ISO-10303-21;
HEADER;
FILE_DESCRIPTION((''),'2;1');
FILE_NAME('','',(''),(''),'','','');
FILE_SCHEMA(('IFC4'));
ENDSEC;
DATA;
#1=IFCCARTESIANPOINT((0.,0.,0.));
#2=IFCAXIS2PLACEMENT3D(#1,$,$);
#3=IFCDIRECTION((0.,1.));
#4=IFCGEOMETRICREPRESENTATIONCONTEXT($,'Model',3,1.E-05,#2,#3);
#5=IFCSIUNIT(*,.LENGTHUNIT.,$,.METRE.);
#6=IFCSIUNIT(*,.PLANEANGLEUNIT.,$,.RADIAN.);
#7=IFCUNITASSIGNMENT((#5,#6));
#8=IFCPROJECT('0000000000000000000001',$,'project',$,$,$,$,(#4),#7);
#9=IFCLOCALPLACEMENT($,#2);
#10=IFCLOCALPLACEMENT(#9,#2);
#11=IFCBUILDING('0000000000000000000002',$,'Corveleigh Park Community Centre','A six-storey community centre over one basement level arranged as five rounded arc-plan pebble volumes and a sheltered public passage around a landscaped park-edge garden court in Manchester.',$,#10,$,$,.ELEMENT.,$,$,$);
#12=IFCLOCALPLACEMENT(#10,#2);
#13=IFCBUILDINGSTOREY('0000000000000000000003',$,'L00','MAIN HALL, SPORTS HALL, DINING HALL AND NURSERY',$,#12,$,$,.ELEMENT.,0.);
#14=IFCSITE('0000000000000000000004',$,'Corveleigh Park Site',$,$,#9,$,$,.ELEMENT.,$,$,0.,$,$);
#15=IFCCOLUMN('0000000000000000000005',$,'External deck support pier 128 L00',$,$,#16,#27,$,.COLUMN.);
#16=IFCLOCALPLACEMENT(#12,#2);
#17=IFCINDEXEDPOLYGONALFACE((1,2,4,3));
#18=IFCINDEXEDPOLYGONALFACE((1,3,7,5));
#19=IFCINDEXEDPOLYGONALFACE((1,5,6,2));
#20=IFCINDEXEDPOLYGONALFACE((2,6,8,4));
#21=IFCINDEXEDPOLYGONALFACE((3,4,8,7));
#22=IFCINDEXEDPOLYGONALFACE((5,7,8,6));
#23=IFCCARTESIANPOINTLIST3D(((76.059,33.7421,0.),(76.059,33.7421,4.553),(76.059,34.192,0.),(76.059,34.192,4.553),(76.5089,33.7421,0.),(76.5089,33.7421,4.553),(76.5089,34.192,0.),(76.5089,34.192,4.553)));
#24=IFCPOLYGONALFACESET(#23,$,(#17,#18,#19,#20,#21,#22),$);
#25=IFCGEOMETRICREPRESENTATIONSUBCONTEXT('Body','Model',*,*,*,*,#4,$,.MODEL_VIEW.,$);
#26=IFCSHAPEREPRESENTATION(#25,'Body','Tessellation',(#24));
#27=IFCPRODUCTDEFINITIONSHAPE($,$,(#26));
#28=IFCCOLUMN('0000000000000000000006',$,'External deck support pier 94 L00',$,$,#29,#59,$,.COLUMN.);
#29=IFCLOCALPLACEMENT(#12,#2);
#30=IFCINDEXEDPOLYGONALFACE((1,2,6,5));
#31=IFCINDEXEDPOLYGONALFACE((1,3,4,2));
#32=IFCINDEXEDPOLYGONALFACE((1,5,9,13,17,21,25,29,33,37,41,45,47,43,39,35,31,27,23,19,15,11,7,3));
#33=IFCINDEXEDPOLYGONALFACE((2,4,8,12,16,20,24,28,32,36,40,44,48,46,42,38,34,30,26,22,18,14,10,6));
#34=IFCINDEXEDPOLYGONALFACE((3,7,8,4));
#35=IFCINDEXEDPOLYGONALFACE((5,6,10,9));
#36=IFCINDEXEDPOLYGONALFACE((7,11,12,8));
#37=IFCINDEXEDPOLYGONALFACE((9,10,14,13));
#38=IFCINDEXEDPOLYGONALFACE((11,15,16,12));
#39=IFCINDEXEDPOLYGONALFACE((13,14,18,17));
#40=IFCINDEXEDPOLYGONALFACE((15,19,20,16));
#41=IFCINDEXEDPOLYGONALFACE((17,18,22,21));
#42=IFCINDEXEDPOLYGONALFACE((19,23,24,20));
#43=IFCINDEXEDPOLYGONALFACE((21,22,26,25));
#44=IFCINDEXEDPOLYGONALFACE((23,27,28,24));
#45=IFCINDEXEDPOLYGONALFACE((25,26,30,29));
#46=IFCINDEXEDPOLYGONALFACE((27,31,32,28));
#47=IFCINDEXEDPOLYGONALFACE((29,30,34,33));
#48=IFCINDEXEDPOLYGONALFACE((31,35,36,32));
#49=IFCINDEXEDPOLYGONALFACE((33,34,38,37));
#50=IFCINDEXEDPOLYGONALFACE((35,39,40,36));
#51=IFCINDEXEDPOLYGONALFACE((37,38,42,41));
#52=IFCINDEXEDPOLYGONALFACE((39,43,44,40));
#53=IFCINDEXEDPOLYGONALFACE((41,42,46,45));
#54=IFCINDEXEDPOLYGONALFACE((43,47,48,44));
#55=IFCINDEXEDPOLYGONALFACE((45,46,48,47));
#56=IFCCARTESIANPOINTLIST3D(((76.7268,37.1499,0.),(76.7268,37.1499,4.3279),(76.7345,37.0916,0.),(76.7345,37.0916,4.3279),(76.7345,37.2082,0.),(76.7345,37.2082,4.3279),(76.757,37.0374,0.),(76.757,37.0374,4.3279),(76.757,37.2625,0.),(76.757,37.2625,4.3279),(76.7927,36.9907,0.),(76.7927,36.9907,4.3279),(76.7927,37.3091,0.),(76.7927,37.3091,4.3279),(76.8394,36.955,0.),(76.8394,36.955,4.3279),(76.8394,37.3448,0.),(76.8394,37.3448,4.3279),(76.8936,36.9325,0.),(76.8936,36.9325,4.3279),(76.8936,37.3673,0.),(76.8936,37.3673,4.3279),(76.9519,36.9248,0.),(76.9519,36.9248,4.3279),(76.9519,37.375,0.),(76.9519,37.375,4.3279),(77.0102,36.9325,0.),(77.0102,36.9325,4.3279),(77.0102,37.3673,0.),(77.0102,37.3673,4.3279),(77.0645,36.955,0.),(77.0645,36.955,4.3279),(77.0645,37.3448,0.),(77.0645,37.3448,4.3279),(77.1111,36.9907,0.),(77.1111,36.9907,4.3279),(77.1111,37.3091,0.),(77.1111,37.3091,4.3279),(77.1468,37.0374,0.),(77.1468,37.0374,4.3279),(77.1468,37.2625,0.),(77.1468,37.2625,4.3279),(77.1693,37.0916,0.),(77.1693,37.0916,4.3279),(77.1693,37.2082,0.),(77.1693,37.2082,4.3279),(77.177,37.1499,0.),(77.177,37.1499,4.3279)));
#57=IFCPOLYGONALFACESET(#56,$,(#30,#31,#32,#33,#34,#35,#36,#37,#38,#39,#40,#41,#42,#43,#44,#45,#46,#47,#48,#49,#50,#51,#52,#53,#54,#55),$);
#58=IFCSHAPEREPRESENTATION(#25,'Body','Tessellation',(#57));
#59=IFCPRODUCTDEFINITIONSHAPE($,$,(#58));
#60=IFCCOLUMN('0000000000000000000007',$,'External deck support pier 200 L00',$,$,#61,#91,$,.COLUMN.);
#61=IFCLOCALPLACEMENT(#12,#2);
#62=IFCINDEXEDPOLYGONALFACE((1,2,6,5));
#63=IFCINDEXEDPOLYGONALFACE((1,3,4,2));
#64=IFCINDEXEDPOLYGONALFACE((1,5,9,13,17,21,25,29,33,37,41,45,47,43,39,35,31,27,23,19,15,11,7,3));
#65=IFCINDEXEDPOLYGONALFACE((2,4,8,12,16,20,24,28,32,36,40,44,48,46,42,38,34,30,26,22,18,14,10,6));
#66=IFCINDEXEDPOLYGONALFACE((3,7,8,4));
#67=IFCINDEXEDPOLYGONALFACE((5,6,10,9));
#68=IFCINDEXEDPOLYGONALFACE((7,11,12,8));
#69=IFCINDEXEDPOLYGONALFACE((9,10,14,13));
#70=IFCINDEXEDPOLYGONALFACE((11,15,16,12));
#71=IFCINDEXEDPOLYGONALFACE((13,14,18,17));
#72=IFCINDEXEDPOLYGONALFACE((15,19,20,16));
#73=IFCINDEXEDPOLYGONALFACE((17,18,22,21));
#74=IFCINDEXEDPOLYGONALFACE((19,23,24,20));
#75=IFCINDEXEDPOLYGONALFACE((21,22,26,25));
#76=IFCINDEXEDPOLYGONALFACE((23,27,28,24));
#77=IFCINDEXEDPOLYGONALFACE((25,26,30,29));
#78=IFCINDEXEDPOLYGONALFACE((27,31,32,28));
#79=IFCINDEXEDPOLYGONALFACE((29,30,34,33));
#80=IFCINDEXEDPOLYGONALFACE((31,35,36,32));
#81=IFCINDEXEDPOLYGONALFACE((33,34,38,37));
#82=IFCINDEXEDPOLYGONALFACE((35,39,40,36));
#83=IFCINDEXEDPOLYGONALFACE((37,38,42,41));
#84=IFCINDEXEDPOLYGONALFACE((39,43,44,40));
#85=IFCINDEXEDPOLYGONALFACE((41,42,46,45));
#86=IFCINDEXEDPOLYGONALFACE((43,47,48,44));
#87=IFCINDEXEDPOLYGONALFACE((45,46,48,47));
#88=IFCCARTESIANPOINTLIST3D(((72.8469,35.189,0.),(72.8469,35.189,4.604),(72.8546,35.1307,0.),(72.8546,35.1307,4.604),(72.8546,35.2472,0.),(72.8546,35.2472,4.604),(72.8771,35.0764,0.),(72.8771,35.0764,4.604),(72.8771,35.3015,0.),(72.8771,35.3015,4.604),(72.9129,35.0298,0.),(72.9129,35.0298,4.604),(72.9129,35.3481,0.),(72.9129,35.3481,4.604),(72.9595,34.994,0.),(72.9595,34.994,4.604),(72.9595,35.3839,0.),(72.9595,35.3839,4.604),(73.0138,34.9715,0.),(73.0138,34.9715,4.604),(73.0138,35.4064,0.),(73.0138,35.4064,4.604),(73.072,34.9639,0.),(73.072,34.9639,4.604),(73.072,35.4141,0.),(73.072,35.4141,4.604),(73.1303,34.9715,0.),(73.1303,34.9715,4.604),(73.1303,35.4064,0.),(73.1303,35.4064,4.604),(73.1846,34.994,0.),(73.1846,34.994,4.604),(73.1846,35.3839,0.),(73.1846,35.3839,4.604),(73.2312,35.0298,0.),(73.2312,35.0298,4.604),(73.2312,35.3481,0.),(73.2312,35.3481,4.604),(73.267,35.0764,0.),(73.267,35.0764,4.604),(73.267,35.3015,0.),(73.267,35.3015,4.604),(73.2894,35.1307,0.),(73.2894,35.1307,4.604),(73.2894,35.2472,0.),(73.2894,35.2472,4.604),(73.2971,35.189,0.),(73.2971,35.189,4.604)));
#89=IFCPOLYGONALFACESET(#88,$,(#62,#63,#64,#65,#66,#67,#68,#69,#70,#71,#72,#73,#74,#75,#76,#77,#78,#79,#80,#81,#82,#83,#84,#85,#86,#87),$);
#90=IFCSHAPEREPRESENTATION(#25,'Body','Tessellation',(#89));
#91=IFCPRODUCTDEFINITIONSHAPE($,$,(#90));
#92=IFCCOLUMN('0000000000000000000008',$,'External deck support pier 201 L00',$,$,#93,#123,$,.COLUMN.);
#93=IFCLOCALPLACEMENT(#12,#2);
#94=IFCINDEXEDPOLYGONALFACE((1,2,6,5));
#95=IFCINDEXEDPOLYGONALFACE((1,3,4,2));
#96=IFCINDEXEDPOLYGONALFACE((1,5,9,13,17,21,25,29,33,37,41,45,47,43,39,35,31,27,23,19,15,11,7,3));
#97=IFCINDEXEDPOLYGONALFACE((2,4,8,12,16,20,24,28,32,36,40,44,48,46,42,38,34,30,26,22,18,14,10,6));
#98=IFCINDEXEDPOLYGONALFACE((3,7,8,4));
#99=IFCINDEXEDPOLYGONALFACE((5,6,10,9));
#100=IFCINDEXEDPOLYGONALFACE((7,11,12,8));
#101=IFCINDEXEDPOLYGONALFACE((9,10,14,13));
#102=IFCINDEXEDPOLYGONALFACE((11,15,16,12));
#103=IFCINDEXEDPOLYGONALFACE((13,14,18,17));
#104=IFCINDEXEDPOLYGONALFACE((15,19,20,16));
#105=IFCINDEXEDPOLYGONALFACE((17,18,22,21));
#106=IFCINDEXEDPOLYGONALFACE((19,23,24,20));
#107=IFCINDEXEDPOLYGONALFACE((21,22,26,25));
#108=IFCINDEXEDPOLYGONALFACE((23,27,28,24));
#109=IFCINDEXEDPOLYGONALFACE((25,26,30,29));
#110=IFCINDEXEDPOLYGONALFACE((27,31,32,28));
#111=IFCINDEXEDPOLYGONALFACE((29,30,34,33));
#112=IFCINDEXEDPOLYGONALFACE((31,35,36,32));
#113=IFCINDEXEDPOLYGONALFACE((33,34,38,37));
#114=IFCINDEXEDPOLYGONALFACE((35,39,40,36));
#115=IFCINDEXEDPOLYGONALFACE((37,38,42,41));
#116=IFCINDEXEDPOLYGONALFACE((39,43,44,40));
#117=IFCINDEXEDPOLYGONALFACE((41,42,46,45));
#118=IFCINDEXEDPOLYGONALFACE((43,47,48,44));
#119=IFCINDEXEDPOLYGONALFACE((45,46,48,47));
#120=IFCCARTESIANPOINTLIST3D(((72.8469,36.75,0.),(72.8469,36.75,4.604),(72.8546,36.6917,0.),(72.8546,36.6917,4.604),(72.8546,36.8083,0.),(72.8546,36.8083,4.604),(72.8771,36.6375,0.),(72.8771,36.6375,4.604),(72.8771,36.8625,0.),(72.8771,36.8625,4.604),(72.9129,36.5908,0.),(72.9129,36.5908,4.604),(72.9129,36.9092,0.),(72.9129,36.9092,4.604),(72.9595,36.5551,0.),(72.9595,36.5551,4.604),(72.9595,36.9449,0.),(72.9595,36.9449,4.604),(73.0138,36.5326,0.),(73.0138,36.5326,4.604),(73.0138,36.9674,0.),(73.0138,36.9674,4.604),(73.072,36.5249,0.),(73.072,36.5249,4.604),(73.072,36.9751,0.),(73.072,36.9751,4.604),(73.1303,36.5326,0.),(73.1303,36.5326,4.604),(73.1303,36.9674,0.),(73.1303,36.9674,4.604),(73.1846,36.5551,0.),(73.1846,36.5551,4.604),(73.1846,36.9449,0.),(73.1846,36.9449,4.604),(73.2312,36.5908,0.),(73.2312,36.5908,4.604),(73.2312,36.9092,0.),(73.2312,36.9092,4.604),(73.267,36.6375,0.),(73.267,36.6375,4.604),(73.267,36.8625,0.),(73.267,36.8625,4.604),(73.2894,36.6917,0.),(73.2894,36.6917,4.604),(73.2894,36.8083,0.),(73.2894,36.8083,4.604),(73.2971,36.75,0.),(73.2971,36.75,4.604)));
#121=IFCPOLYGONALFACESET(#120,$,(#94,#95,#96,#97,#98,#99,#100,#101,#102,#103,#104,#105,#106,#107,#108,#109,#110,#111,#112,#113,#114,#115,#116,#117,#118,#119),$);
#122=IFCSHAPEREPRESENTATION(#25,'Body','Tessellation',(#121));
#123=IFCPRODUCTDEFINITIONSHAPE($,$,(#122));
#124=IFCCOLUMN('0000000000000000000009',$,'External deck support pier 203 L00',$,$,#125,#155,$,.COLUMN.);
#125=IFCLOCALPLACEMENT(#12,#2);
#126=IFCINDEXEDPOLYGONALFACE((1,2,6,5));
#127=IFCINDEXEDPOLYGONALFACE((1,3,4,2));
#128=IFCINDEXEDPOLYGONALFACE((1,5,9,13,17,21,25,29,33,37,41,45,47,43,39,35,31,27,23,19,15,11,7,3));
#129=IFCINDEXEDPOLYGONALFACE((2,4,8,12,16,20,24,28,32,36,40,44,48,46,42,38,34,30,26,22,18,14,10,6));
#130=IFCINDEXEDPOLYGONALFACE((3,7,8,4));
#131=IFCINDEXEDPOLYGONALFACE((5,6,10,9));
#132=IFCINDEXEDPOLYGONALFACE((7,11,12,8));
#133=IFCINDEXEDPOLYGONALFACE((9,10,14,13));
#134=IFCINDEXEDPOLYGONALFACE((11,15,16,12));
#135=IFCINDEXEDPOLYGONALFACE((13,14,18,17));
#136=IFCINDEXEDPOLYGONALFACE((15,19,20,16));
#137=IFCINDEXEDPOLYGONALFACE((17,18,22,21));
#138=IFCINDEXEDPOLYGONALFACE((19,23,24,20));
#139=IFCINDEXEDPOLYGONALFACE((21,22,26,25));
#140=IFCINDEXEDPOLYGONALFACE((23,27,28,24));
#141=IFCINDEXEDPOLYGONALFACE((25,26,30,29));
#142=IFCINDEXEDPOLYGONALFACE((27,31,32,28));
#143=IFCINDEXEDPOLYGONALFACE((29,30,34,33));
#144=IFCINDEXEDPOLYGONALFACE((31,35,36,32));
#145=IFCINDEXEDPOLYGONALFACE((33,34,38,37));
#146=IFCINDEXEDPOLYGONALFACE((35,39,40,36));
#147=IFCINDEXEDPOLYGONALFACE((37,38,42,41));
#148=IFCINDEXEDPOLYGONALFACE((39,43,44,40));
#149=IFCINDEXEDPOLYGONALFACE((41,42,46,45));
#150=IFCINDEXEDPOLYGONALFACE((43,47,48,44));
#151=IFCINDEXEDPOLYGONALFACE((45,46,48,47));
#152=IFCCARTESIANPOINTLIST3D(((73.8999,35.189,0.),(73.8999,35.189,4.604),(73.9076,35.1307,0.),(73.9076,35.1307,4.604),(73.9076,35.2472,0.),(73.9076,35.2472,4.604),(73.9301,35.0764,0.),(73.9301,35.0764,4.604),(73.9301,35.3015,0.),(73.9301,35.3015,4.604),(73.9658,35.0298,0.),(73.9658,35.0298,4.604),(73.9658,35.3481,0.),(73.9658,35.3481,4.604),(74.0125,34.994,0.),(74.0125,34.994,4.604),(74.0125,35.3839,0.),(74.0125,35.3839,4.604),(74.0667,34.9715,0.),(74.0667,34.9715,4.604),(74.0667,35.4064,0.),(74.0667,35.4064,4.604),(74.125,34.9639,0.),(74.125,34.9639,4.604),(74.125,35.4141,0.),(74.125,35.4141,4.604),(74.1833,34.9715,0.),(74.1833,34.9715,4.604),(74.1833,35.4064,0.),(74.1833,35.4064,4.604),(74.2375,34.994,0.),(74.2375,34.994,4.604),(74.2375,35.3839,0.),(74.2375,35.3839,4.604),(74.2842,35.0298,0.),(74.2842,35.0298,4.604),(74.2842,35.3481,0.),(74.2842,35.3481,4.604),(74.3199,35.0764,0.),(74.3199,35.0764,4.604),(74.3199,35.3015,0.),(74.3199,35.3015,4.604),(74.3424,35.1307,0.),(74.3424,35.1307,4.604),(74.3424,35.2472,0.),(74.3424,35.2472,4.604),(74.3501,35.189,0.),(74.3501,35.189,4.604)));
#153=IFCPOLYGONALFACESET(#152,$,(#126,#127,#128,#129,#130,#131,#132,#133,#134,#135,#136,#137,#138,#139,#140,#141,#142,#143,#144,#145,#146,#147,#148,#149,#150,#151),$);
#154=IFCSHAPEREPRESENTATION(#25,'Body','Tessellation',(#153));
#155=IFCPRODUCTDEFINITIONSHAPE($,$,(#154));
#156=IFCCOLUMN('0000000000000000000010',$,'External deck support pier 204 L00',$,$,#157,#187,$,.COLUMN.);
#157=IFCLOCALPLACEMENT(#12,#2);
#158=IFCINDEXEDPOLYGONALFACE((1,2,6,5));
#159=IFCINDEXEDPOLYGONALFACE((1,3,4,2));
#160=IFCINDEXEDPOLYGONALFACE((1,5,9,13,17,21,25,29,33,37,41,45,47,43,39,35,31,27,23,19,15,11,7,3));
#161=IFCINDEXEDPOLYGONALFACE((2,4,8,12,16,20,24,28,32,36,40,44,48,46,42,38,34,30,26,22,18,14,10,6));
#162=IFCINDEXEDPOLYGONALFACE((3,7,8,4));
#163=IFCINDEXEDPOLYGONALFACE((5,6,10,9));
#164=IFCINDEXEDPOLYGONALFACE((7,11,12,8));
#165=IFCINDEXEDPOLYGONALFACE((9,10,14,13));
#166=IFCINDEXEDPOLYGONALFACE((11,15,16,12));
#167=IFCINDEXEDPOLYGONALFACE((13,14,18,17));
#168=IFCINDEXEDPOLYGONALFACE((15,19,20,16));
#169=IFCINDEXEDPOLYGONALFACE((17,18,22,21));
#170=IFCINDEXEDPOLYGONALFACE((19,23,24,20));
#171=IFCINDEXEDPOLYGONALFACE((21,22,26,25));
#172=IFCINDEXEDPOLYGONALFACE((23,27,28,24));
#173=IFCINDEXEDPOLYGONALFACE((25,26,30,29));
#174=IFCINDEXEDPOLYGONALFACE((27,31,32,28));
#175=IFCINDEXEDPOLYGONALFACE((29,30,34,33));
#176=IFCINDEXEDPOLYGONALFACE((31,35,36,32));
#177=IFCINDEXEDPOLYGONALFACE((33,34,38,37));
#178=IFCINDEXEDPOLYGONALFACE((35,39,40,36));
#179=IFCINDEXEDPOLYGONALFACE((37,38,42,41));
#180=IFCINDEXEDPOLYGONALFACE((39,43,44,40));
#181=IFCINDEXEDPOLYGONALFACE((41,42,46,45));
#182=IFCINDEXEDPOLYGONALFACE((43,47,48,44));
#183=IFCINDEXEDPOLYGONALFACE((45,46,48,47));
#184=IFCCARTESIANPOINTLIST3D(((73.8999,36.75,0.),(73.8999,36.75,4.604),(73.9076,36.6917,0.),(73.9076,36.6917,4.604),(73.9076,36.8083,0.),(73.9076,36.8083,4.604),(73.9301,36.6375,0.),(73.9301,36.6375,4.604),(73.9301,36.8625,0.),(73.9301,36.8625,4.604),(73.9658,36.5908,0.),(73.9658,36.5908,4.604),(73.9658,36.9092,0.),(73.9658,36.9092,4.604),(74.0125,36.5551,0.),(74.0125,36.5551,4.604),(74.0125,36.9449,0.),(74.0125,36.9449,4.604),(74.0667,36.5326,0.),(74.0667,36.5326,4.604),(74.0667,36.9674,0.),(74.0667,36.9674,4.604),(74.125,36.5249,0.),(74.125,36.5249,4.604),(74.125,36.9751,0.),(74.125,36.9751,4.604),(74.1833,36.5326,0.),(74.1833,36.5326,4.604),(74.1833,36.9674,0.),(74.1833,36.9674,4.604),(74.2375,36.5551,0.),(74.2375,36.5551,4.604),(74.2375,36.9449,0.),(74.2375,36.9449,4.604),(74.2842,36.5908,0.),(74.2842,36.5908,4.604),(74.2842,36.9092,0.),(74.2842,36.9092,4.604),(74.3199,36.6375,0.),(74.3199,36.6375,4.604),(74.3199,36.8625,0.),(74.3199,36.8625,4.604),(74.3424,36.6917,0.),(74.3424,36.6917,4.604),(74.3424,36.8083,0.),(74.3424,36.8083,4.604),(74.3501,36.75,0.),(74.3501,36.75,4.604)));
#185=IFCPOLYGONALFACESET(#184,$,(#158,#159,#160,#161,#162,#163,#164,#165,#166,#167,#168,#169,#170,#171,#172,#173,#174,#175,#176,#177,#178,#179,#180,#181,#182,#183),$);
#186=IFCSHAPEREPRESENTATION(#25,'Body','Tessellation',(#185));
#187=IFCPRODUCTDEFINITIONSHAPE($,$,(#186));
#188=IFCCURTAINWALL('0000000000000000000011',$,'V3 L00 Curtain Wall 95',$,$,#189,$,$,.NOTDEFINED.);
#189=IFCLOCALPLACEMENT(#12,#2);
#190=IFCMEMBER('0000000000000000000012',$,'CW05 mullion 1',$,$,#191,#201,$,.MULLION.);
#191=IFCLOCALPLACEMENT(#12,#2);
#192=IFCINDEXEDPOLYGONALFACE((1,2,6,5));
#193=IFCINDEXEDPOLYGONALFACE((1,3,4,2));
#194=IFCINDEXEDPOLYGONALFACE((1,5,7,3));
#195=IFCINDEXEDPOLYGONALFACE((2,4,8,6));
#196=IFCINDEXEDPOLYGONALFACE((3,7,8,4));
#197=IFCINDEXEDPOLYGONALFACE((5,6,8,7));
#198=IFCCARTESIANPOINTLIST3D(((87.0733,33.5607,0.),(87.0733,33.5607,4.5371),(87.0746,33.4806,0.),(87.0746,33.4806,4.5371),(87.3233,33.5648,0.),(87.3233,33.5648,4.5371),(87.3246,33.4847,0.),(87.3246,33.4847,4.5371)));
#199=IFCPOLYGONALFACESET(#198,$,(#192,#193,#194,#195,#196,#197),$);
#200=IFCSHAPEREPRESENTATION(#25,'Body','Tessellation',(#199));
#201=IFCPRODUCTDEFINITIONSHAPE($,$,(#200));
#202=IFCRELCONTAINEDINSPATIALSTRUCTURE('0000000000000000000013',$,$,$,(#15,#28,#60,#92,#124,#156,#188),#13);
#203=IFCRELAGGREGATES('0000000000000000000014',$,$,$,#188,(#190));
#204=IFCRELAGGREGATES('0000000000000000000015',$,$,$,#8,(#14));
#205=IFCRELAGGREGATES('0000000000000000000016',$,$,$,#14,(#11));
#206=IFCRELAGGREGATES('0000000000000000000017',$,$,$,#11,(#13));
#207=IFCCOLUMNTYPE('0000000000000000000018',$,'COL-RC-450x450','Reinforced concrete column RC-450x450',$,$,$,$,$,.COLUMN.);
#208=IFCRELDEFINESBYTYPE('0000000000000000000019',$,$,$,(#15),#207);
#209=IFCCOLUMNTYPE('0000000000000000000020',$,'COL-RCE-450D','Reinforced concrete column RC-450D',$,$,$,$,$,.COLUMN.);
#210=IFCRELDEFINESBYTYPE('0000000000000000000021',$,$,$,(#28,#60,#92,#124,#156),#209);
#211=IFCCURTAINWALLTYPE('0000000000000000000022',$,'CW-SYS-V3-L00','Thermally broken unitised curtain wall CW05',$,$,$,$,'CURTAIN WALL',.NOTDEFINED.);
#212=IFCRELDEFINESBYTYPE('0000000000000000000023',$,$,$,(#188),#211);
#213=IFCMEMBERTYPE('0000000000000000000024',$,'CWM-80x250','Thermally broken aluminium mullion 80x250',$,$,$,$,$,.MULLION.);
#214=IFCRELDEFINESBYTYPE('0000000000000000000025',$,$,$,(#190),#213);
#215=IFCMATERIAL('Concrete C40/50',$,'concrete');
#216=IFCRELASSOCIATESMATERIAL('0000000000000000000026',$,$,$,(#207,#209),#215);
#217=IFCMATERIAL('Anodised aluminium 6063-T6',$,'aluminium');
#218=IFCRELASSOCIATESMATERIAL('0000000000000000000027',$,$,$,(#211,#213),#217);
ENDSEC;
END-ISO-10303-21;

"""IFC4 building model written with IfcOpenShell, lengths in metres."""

from ifc_helpers import new_model, si_unit, direction, frame, origin, origin_2d, place, context, subcontext, project, spatial, rectangle, circle, extrude, material, material_profile, profile_set, type_object, element, aggregate, save


model = new_model("IFC4")

# Units and contexts
model_context = context("Model", 3, precision=1e-05, world=origin(), true_north=direction((0.0, 1.0)))
body_context = subcontext(model_context, "Body", "Model", "MODEL_VIEW")
ifc_project = project(units=[si_unit("LENGTHUNIT", "METRE"), si_unit("PLANEANGLEUNIT", "RADIAN")], contexts=[model_context])

# Site, building, storey
site_placement = place(None, origin())
site = spatial("IfcSite", under=ifc_project, at=site_placement, Name="Corveleigh Park Site", CompositionType="ELEMENT", RefElevation=0.0)
building_placement = place(site_placement, origin())
building = spatial("IfcBuilding", under=site, at=building_placement, Name="Corveleigh Park Community Centre", Description="A six-storey community centre over one basement level arranged as five rounded arc-plan pebble volumes and a sheltered public passage around a landscaped park-edge garden court in Manchester.", CompositionType="ELEMENT")
storey_placement = place(building_placement, origin())
storey = spatial("IfcBuildingStorey", under=building, at=storey_placement, Name="L00", Description="MAIN HALL, SPORTS HALL, DINING HALL AND NURSERY", CompositionType="ELEMENT", Elevation=0.0)

# Columns
ifc_material_1 = material(Name="Concrete C40/50", Category="concrete")
ifc_material_profile_1 = material_profile(ifc_material_1, rectangle(XDim=0.45, YDim=0.45, at=origin_2d()), Name="RC-450x450", Category="concrete")
ifc_profile_set_1 = profile_set([ifc_material_profile_1], Name="Concrete C40/50")
column_type_1 = type_object("IfcColumnType", Name="COL-RC-450x450", Description="Reinforced concrete column RC-450x450", PredefinedType="COLUMN", material=ifc_profile_set_1)
column_1_placement = place(storey_placement, frame((76.2839, 33.967, 0.0), z_axis=(0.0, 0.0, 1.0), x_axis=(1.0, 0.0, 0.0)))
element("IfcColumn", 1, at=column_1_placement, inside=storey, type_object=column_type_1, Name="External deck support pier 128 L00", PredefinedType="COLUMN", context=body_context, shape_type="SweptSolid", body=[
    extrude(rectangle(XDim=0.45, YDim=0.45, at=origin_2d()), origin(), (0.0, 0.0, 1.0), 4.553),
])
ifc_material_profile_2 = material_profile(ifc_material_1, circle(Radius=0.2251, at=origin_2d()), Name="RC-450D", Category="concrete")
ifc_profile_set_2 = profile_set([ifc_material_profile_2], Name="Concrete C40/50")
column_type_2 = type_object("IfcColumnType", Name="COL-RCE-450D", Description="Reinforced concrete column RC-450D", PredefinedType="COLUMN", material=ifc_profile_set_2)
column_2_placement = place(storey_placement, frame((76.9519, 37.1499, 0.0), z_axis=(0.0, 0.0, 1.0), x_axis=(1.0, 0.0, 0.0)))
element("IfcColumn", 2, at=column_2_placement, inside=storey, type_object=column_type_2, Name="External deck support pier 94 L00", PredefinedType="COLUMN", context=body_context, shape_type="SweptSolid", body=[
    extrude(circle(Radius=0.2251, at=origin_2d()), origin(), (0.0, 0.0, 1.0), 4.3279),
])
for number, where, z_axis, x_axis, name in (
    (3, (73.072, 35.189, 0.0), (0.0, 0.0, 1.0), (1.0, 0.0, 0.0), "External deck support pier 200 L00"),
    (4, (73.072, 36.75, 0.0), (0.0, 0.0, 1.0), (1.0, 0.0, 0.0), "External deck support pier 201 L00"),
    (5, (74.125, 35.189, 0.0), (0.0, 0.0, 1.0), (1.0, 0.0, 0.0), "External deck support pier 203 L00"),
    (6, (74.125, 36.75, 0.0), (0.0, 0.0, 1.0), (1.0, 0.0, 0.0), "External deck support pier 204 L00"),
):
    element("IfcColumn", number, at=place(storey_placement, frame(where, z_axis=z_axis, x_axis=x_axis)), inside=storey, type_object=column_type_2, Name=name, PredefinedType="COLUMN", context=body_context, shape_type="SweptSolid", body=[
        extrude(circle(Radius=0.2251, at=origin_2d()), origin(), (0.0, 0.0, 1.0), 4.604),
    ])

# Curtain wall, member
ifc_material_2 = material(Name="Anodised aluminium 6063-T6", Category="aluminium")
curtain_wall_type = type_object("IfcCurtainWallType", Name="CW-SYS-V3-L00", Description="Thermally broken unitised curtain wall CW05", ElementType="CURTAIN WALL", PredefinedType="NOTDEFINED", material=ifc_material_2)
curtain_wall_1_placement = place(storey_placement, origin())
curtain_wall_1 = element("IfcCurtainWall", 7, at=curtain_wall_1_placement, inside=storey, type_object=curtain_wall_type, Name="V3 L00 Curtain Wall 95", PredefinedType="NOTDEFINED")
ifc_material_profile_3 = material_profile(ifc_material_2, rectangle(XDim=0.0801, YDim=0.25, at=origin_2d()), Name="ALU-M80x250", Category="aluminium")
ifc_profile_set_3 = profile_set([ifc_material_profile_3], Name="Anodised aluminium 6063-T6")
member_type_1 = type_object("IfcMemberType", Name="CWM-80x250", Description="Thermally broken aluminium mullion 80x250", PredefinedType="MULLION", material=ifc_profile_set_3)
member_1_placement = place(storey_placement, frame((87.199, 33.5227, 0.0), z_axis=(0.0, 0.0, 1.0), x_axis=(-0.016293, 0.999867, 0.0)))
member_1 = element("IfcMember", 8, at=member_1_placement, type_object=member_type_1, Name="CW05 mullion 1", PredefinedType="MULLION", context=body_context, shape_type="SweptSolid", body=[
    extrude(rectangle(XDim=0.0801, YDim=0.25, at=origin_2d()), origin(), (0.0, 0.0, 1.0), 4.5371),
])

aggregate(curtain_wall_1, [member_1])

save(model, "model.ifc")
